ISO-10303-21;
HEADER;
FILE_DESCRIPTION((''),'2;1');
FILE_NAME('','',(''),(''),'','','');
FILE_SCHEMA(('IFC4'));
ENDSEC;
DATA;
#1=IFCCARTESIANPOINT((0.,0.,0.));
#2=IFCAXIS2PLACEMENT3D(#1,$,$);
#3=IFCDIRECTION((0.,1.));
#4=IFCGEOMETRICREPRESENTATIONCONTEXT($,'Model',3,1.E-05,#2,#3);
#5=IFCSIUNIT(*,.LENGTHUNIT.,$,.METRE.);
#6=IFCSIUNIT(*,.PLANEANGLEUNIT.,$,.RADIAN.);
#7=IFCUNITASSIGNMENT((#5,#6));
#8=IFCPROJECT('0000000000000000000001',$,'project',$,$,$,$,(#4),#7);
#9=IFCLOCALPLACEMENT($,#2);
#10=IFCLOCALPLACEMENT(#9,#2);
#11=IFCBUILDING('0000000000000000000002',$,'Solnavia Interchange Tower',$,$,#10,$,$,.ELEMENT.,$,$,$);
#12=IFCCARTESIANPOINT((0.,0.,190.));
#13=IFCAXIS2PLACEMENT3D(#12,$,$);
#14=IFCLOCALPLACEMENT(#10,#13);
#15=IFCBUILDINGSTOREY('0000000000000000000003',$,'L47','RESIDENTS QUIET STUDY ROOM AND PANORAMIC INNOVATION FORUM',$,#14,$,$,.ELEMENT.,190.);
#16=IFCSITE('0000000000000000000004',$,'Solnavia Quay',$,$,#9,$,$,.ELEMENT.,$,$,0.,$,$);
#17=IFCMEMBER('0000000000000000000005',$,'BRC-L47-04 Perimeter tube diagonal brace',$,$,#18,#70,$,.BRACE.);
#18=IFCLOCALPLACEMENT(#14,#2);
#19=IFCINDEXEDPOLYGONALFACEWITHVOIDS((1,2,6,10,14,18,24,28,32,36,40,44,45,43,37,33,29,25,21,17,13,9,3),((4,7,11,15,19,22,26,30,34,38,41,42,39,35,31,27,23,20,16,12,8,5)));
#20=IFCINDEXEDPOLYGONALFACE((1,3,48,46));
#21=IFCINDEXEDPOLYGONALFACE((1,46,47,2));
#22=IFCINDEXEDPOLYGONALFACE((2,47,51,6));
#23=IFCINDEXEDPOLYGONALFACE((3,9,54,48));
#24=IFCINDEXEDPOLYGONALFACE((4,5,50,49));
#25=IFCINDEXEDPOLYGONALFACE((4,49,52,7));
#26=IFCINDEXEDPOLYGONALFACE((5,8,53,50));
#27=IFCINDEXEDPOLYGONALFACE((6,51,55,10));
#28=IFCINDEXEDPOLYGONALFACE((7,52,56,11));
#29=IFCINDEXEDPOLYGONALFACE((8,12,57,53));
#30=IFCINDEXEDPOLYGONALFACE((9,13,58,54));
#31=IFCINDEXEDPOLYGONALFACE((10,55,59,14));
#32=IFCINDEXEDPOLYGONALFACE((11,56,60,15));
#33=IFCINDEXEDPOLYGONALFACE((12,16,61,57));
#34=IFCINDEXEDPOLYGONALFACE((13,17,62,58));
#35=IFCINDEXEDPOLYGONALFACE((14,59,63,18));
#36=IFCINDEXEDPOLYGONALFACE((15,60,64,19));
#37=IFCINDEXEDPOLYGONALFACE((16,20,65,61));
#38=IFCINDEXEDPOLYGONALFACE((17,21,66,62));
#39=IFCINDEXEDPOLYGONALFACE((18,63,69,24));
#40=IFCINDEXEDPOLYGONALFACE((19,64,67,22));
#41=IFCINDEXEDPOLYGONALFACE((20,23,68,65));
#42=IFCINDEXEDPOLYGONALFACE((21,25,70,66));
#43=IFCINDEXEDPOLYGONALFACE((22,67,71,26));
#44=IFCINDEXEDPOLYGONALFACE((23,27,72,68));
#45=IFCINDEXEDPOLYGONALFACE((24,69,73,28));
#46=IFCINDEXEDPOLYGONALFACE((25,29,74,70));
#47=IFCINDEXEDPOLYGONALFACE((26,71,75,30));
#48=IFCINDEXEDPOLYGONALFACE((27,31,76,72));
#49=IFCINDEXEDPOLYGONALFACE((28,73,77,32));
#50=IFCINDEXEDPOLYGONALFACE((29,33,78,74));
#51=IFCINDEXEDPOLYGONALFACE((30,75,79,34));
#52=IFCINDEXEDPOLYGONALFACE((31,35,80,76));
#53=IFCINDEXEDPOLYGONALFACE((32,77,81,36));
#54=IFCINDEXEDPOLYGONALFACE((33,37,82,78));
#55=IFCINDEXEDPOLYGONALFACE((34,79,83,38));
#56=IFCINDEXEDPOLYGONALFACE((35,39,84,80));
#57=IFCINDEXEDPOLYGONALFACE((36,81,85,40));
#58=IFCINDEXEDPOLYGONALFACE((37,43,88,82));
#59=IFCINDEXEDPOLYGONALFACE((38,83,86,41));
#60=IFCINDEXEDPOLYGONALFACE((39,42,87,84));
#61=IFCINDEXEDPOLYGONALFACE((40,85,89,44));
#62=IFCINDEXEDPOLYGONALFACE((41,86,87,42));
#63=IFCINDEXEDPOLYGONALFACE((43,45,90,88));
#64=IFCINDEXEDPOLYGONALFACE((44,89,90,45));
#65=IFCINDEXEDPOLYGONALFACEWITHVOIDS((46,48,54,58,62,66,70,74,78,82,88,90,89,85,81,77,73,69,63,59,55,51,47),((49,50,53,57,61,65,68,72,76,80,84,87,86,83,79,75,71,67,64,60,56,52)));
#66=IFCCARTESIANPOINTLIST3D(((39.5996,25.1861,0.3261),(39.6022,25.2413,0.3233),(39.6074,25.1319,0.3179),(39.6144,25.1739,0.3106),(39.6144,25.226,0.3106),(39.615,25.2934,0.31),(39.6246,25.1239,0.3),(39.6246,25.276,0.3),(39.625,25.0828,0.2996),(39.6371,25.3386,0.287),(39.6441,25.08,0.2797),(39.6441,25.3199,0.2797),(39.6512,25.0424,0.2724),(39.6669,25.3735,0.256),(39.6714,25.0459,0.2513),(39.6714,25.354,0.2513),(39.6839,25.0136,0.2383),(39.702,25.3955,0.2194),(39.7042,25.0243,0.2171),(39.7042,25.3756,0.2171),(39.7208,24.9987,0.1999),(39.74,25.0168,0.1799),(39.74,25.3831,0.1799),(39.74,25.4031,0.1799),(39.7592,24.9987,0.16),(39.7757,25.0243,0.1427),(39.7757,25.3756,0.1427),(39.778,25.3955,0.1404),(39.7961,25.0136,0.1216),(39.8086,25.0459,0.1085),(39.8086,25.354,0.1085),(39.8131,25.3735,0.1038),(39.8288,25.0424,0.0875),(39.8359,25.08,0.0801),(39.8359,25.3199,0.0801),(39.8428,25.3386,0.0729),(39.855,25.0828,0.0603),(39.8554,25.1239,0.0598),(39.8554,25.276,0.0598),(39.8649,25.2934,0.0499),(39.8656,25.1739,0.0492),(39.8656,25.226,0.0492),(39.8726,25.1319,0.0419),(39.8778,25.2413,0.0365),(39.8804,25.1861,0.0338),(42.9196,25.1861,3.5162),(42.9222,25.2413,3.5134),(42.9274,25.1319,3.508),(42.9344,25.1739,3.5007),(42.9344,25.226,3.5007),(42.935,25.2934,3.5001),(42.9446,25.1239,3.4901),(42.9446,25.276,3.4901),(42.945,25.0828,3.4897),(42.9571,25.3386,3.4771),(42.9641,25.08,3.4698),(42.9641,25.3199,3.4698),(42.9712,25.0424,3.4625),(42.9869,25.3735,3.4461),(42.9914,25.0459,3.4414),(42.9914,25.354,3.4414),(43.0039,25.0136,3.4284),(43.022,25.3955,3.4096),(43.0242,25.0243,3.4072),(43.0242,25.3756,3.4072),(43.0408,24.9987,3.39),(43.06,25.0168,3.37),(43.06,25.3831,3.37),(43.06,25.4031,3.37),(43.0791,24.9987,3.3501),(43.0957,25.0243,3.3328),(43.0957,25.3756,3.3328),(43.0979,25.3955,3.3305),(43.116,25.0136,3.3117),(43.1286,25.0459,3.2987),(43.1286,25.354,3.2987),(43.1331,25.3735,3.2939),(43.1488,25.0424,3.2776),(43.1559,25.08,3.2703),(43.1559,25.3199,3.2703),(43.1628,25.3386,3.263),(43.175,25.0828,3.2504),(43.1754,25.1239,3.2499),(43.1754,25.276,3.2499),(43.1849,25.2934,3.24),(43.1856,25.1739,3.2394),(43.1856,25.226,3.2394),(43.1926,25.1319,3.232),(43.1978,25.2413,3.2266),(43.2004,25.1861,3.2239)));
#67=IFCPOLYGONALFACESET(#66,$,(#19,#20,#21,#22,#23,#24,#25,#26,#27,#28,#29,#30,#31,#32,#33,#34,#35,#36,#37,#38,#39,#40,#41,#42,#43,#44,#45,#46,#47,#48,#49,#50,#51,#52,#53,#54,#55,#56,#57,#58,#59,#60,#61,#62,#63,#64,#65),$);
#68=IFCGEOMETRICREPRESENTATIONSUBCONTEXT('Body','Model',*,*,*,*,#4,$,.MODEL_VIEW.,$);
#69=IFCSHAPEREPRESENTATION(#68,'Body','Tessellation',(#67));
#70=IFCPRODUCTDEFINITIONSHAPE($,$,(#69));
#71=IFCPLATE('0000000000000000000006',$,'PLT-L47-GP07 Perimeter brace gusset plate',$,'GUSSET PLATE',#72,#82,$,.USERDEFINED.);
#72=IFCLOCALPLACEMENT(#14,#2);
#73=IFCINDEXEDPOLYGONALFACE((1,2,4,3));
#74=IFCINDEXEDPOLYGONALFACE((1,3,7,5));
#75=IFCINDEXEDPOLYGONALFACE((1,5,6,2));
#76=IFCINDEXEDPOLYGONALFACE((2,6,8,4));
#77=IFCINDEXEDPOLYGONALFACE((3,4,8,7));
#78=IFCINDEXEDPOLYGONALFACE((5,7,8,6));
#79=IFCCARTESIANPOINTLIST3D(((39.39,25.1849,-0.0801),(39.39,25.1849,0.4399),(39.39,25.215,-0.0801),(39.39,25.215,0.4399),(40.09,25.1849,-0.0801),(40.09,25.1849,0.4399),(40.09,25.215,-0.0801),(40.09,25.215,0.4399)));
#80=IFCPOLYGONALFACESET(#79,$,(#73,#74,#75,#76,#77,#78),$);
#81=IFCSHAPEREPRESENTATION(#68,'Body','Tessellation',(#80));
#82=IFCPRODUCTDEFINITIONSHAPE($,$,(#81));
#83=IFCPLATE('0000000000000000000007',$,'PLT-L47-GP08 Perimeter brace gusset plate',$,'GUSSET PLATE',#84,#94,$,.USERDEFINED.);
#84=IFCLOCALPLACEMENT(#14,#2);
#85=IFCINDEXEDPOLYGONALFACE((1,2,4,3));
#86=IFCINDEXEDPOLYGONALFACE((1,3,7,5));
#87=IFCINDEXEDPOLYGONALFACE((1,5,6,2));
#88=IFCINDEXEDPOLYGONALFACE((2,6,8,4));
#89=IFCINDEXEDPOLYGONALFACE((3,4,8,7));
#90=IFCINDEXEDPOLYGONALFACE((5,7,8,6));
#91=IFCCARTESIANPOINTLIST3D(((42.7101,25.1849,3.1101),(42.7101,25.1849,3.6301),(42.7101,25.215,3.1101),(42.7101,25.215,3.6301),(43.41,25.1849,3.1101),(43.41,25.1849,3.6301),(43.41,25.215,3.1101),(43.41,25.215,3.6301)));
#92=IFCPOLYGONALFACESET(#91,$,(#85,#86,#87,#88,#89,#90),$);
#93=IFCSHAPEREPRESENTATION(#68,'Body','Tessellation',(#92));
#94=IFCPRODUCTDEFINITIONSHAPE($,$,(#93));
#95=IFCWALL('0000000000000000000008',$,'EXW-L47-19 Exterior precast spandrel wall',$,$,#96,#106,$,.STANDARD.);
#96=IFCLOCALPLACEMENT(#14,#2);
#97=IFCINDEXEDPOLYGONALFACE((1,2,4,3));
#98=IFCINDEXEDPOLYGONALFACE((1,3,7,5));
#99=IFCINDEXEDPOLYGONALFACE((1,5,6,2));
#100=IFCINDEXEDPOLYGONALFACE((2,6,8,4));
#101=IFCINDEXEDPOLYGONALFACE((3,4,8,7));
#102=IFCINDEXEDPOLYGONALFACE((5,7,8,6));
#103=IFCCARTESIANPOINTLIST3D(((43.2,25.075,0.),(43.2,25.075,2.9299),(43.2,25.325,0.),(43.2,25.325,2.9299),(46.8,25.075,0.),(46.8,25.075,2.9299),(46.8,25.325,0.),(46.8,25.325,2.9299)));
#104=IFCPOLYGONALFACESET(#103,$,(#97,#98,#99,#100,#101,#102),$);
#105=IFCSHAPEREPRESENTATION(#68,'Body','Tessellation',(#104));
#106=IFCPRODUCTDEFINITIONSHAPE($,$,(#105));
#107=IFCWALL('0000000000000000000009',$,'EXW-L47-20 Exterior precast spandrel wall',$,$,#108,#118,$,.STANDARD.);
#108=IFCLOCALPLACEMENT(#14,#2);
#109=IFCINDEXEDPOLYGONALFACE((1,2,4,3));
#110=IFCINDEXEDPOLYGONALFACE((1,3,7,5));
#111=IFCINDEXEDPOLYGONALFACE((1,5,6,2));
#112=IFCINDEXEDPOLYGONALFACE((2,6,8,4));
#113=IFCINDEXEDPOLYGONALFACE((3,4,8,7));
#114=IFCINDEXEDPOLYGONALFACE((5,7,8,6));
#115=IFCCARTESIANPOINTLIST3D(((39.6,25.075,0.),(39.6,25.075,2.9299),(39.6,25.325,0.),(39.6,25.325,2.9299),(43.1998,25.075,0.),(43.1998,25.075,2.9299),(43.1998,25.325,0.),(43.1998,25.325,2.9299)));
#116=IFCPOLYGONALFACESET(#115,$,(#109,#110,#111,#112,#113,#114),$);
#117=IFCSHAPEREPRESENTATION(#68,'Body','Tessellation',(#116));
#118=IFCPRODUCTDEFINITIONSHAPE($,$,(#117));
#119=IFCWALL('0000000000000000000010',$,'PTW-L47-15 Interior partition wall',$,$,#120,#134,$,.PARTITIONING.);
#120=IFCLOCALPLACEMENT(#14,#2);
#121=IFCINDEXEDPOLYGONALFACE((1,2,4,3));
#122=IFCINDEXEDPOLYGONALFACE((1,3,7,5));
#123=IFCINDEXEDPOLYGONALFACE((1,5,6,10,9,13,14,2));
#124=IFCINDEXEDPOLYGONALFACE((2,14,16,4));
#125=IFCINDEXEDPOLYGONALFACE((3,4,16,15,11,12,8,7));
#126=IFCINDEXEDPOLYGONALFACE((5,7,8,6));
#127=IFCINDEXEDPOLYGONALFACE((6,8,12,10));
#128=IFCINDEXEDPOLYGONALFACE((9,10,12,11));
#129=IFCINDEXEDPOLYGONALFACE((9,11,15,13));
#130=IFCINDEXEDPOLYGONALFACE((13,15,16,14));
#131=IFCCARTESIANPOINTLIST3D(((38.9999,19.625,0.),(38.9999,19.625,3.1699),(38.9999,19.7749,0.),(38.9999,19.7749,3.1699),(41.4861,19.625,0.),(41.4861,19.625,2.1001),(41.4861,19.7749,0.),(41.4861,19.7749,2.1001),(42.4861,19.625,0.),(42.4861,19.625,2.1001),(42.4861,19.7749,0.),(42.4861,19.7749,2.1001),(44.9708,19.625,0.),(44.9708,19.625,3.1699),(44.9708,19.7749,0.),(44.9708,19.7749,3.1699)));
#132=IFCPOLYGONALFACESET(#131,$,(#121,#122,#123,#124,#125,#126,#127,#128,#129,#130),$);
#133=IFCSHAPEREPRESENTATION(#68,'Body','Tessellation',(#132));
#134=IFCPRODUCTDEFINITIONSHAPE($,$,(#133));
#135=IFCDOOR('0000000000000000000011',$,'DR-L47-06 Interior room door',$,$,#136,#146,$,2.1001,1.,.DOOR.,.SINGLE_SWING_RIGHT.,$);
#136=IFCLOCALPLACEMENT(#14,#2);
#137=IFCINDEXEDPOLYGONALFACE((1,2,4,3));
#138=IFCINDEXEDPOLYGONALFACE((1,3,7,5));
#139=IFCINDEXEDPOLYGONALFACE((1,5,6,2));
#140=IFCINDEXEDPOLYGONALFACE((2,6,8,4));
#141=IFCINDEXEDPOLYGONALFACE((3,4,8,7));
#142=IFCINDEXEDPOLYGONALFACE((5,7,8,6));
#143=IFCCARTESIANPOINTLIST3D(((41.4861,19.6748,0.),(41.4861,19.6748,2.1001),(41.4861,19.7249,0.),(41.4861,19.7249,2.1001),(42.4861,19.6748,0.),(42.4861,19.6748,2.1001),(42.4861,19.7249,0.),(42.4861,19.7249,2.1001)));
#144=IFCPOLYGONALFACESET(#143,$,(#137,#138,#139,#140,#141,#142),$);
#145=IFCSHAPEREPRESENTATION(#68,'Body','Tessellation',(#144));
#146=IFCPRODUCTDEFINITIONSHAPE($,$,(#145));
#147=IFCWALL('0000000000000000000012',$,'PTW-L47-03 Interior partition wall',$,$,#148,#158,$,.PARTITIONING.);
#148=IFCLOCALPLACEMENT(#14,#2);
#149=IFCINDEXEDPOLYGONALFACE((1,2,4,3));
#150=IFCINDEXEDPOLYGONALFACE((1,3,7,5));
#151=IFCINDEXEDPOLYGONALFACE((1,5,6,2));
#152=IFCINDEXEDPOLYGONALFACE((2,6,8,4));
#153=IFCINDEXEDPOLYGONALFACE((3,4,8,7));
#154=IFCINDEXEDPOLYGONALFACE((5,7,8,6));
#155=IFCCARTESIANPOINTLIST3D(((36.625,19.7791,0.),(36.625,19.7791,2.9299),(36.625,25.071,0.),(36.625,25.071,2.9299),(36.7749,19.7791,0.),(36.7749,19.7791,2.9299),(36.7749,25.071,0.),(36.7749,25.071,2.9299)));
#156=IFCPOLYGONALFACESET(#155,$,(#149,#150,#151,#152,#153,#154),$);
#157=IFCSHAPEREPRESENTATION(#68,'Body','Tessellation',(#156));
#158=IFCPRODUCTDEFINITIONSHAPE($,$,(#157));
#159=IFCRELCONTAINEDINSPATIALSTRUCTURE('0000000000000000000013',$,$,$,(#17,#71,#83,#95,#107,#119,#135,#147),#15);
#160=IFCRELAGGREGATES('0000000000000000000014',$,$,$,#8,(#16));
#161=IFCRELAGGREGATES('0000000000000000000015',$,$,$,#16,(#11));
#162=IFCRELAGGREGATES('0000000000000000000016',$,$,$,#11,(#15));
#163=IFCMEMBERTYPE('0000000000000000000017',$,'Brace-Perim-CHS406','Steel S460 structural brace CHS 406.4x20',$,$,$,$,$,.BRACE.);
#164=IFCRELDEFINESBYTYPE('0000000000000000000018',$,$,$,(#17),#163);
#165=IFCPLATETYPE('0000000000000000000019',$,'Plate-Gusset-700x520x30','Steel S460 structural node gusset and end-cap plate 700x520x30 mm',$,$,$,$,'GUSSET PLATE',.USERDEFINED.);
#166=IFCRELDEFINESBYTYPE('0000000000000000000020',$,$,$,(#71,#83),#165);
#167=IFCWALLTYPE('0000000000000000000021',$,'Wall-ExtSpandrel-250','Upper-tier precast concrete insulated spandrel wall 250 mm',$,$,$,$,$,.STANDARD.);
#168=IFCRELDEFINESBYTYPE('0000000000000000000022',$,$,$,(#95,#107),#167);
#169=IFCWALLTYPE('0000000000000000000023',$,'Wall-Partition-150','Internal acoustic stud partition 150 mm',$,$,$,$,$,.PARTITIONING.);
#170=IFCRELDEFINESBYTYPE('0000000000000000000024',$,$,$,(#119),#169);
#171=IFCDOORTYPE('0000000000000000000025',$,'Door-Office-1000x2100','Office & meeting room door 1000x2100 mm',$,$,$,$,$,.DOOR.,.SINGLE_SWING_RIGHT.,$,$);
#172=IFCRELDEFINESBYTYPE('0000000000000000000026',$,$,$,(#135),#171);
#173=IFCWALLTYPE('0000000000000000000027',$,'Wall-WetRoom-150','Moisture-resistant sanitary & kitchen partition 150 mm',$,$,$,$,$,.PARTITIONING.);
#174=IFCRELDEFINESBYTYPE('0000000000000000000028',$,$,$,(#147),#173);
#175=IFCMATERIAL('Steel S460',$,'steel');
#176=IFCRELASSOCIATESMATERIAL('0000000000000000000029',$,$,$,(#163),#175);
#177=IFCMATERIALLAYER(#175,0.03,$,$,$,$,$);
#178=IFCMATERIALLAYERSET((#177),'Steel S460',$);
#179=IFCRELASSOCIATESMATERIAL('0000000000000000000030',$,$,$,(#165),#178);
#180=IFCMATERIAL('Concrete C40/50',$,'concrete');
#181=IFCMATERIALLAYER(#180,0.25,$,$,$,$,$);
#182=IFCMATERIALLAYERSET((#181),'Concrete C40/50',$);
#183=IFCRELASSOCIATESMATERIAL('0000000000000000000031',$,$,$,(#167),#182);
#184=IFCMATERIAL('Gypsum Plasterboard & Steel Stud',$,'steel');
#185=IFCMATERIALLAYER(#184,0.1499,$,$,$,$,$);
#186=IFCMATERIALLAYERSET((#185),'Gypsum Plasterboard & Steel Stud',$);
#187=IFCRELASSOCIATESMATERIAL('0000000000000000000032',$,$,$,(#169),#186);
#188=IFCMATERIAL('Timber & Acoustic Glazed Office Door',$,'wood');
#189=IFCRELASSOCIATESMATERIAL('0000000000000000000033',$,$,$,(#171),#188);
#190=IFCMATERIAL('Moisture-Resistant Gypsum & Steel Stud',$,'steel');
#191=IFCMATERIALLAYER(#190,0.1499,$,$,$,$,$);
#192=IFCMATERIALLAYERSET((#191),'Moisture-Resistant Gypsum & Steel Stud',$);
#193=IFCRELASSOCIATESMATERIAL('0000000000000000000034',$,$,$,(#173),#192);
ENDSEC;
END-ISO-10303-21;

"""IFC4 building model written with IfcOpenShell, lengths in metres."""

from ifc_helpers import new_model, si_unit, direction, frame, frame_2d, origin, origin_2d, place, context, subcontext, project, spatial, rectangle, hollow_circle, extrude, material, layer, layer_set, material_profile, profile_set, type_object, element, fill, save


model = new_model("IFC4")

# Units and contexts
model_context = context("Model", 3, precision=1e-05, world=origin(), true_north=direction((0.0, 1.0)))
body_context = subcontext(model_context, "Body", "Model", "MODEL_VIEW")
ifc_project = project(units=[si_unit("LENGTHUNIT", "METRE"), si_unit("PLANEANGLEUNIT", "RADIAN")], contexts=[model_context])

# Site, building, storey
site_placement = place(None, origin())
site = spatial("IfcSite", under=ifc_project, at=site_placement, Name="Solnavia Quay", CompositionType="ELEMENT", RefElevation=0.0)
building_placement = place(site_placement, origin())
building = spatial("IfcBuilding", under=site, at=building_placement, Name="Solnavia Interchange Tower", CompositionType="ELEMENT")
storey_placement = place(building_placement, frame((0.0, 0.0, 190.0)))
storey = spatial("IfcBuildingStorey", under=building, at=storey_placement, Name="L47", Description="RESIDENTS QUIET STUDY ROOM AND PANORAMIC INNOVATION FORUM", CompositionType="ELEMENT", Elevation=190.0)

# Member
ifc_material_1 = material(Name="Steel S460", Category="steel")
ifc_material_profile_1 = material_profile(ifc_material_1, hollow_circle(Radius=0.2031, WallThickness=0.02, at=origin_2d()), Name="CHS 406.4x20")
ifc_profile_set_1 = profile_set([ifc_material_profile_1], Name="Steel S460")
member_type = type_object("IfcMemberType", Name="Brace-Perim-CHS406", Description="Steel S460 structural brace CHS 406.4x20", PredefinedType="BRACE", material=ifc_profile_set_1)
member_placement = place(storey_placement, frame((39.74, 25.2, 0.1799), z_axis=(0.72107, 0.0, 0.692862), x_axis=(0.0, 1.0, 0.0)))
element("IfcMember", 1, at=member_placement, inside=storey, type_object=member_type, Name="BRC-L47-04 Perimeter tube diagonal brace", PredefinedType="BRACE", context=body_context, shape_type="SweptSolid", body=[
    extrude(hollow_circle(Radius=0.2031, WallThickness=0.02, at=origin_2d()), origin(), (0.0, 0.0, 1.0), 4.6042),
])

# Plates
ifc_layer_1 = layer(ifc_material_1, 0.03)
ifc_layer_set_1 = layer_set([ifc_layer_1], Name="Steel S460")
plate_type = type_object("IfcPlateType", Name="Plate-Gusset-700x520x30", Description="Steel S460 structural node gusset and end-cap plate 700x520x30 mm", ElementType="GUSSET PLATE", PredefinedType="USERDEFINED", material=ifc_layer_set_1)
for number, where, z_axis, x_axis, name in (
    (2, (39.74, 25.2, -0.0801), (0.0, 0.0, 1.0), (1.0, 0.0, 0.0), "PLT-L47-GP07 Perimeter brace gusset plate"),
    (3, (43.0601, 25.2, 3.1101), (0.0, 0.0, 1.0), (1.0, 0.0, 0.0), "PLT-L47-GP08 Perimeter brace gusset plate"),
):
    element("IfcPlate", number, at=place(storey_placement, frame(where, z_axis=z_axis, x_axis=x_axis)), inside=storey, type_object=plate_type, Name=name, ObjectType="GUSSET PLATE", PredefinedType="USERDEFINED", context=body_context, shape_type="SweptSolid", body=[
        extrude(rectangle(XDim=0.7, YDim=0.03, at=origin_2d()), origin(), (0.0, 0.0, 1.0), 0.52),
    ])

# Walls
ifc_material_2 = material(Name="Concrete C40/50", Category="concrete")
ifc_layer_2 = layer(ifc_material_2, 0.25)
ifc_layer_set_2 = layer_set([ifc_layer_2], Name="Concrete C40/50")
wall_type_1 = type_object("IfcWallType", Name="Wall-ExtSpandrel-250", Description="Upper-tier precast concrete insulated spandrel wall 250 mm", PredefinedType="STANDARD", material=ifc_layer_set_2)
wall_1_placement = place(storey_placement, frame((43.2, 25.2, 0.0), z_axis=(0.0, 0.0, 1.0), x_axis=(1.0, 0.0, 0.0)))
element("IfcWall", 4, at=wall_1_placement, inside=storey, type_object=wall_type_1, Name="EXW-L47-19 Exterior precast spandrel wall", PredefinedType="STANDARD", context=body_context, shape_type="SweptSolid", body=[
    extrude(rectangle(XDim=3.6001, YDim=0.25, at=frame_2d((1.8, 0.0))), origin(), (0.0, 0.0, 1.0), 2.9299),
])
wall_2_placement = place(storey_placement, frame((39.6001, 25.2, 0.0), z_axis=(0.0, 0.0, 1.0), x_axis=(1.0, 0.0, 0.0)))
element("IfcWall", 5, at=wall_2_placement, inside=storey, type_object=wall_type_1, Name="EXW-L47-20 Exterior precast spandrel wall", PredefinedType="STANDARD", context=body_context, shape_type="SweptSolid", body=[
    extrude(rectangle(XDim=3.5999, YDim=0.25, at=frame_2d((1.7998, 0.0))), origin(), (0.0, 0.0, 1.0), 2.9299),
])

# Wall, opening, door
ifc_material_3 = material(Name="Gypsum Plasterboard & Steel Stud", Category="steel")
ifc_layer_3 = layer(ifc_material_3, 0.1499)
ifc_layer_set_3 = layer_set([ifc_layer_3], Name="Gypsum Plasterboard & Steel Stud")
wall_type_2 = type_object("IfcWallType", Name="Wall-Partition-150", Description="Internal acoustic stud partition 150 mm", PredefinedType="PARTITIONING", material=ifc_layer_set_3)
wall_3_placement = place(storey_placement, frame((39.0, 19.7, 0.0), z_axis=(0.0, 0.0, 1.0), x_axis=(1.0, 0.0, 0.0)))
wall_3 = element("IfcWall", 6, at=wall_3_placement, inside=storey, type_object=wall_type_2, Name="PTW-L47-15 Interior partition wall", PredefinedType="PARTITIONING", context=body_context, shape_type="SweptSolid", body=[
    extrude(rectangle(XDim=5.9709, YDim=0.1499, at=frame_2d((2.9854, 0.0))), origin(), (0.0, 0.0, 1.0), 3.1699),
])
opening_1_placement = place(wall_3_placement, frame((2.4861, 0.0, 0.0)))
opening_1 = element("IfcOpeningElement", 7, at=opening_1_placement, cuts=wall_3, PredefinedType="OPENING", context=body_context, shape_type="SweptSolid", body=[
    extrude(rectangle(XDim=1.0, YDim=2.1001, at=frame_2d((0.5, 1.05))), frame((0.0, 0.085, 0.0), z_axis=(0.0, -1.0, 0.0), x_axis=(1.0, 0.0, 0.0)), (0.0, 0.0, 1.0), 0.1699),
])
ifc_material_4 = material(Name="Timber & Acoustic Glazed Office Door", Category="wood")
door_type_1 = type_object("IfcDoorType", Name="Door-Office-1000x2100", Description="Office & meeting room door 1000x2100 mm", OperationType="SINGLE_SWING_RIGHT", PredefinedType="DOOR", material=ifc_material_4)
door_1_placement = place(opening_1_placement, origin())
door_1 = element("IfcDoor", 8, at=door_1_placement, inside=storey, type_object=door_type_1, Name="DR-L47-06 Interior room door", OperationType="SINGLE_SWING_RIGHT", OverallHeight=2.1001, OverallWidth=1.0, PredefinedType="DOOR", context=body_context, shape_type="SweptSolid", body=[
    extrude(rectangle(XDim=1.0, YDim=2.1001, at=frame_2d((0.5, 1.05))), frame((0.0, 0.0249, 0.0), z_axis=(0.0, -1.0, 0.0), x_axis=(1.0, 0.0, 0.0)), (0.0, 0.0, 1.0), 0.05),
])
fill(opening_1, door_1)

# Wall
ifc_material_5 = material(Name="Moisture-Resistant Gypsum & Steel Stud", Category="steel")
ifc_layer_4 = layer(ifc_material_5, 0.1499)
ifc_layer_set_4 = layer_set([ifc_layer_4], Name="Moisture-Resistant Gypsum & Steel Stud")
wall_type_3 = type_object("IfcWallType", Name="Wall-WetRoom-150", Description="Moisture-resistant sanitary & kitchen partition 150 mm", PredefinedType="PARTITIONING", material=ifc_layer_set_4)
wall_4_placement = place(storey_placement, frame((36.7, 19.7791, 0.0), z_axis=(0.0, 0.0, 1.0), x_axis=(0.0, 1.0, 0.0)))
element("IfcWall", 9, at=wall_4_placement, inside=storey, type_object=wall_type_3, Name="PTW-L47-03 Interior partition wall", PredefinedType="PARTITIONING", context=body_context, shape_type="SweptSolid", body=[
    extrude(rectangle(XDim=5.292, YDim=0.1499, at=frame_2d((2.646, 0.0))), origin(), (0.0, 0.0, 1.0), 2.9299),
])

save(model, "model.ifc")
